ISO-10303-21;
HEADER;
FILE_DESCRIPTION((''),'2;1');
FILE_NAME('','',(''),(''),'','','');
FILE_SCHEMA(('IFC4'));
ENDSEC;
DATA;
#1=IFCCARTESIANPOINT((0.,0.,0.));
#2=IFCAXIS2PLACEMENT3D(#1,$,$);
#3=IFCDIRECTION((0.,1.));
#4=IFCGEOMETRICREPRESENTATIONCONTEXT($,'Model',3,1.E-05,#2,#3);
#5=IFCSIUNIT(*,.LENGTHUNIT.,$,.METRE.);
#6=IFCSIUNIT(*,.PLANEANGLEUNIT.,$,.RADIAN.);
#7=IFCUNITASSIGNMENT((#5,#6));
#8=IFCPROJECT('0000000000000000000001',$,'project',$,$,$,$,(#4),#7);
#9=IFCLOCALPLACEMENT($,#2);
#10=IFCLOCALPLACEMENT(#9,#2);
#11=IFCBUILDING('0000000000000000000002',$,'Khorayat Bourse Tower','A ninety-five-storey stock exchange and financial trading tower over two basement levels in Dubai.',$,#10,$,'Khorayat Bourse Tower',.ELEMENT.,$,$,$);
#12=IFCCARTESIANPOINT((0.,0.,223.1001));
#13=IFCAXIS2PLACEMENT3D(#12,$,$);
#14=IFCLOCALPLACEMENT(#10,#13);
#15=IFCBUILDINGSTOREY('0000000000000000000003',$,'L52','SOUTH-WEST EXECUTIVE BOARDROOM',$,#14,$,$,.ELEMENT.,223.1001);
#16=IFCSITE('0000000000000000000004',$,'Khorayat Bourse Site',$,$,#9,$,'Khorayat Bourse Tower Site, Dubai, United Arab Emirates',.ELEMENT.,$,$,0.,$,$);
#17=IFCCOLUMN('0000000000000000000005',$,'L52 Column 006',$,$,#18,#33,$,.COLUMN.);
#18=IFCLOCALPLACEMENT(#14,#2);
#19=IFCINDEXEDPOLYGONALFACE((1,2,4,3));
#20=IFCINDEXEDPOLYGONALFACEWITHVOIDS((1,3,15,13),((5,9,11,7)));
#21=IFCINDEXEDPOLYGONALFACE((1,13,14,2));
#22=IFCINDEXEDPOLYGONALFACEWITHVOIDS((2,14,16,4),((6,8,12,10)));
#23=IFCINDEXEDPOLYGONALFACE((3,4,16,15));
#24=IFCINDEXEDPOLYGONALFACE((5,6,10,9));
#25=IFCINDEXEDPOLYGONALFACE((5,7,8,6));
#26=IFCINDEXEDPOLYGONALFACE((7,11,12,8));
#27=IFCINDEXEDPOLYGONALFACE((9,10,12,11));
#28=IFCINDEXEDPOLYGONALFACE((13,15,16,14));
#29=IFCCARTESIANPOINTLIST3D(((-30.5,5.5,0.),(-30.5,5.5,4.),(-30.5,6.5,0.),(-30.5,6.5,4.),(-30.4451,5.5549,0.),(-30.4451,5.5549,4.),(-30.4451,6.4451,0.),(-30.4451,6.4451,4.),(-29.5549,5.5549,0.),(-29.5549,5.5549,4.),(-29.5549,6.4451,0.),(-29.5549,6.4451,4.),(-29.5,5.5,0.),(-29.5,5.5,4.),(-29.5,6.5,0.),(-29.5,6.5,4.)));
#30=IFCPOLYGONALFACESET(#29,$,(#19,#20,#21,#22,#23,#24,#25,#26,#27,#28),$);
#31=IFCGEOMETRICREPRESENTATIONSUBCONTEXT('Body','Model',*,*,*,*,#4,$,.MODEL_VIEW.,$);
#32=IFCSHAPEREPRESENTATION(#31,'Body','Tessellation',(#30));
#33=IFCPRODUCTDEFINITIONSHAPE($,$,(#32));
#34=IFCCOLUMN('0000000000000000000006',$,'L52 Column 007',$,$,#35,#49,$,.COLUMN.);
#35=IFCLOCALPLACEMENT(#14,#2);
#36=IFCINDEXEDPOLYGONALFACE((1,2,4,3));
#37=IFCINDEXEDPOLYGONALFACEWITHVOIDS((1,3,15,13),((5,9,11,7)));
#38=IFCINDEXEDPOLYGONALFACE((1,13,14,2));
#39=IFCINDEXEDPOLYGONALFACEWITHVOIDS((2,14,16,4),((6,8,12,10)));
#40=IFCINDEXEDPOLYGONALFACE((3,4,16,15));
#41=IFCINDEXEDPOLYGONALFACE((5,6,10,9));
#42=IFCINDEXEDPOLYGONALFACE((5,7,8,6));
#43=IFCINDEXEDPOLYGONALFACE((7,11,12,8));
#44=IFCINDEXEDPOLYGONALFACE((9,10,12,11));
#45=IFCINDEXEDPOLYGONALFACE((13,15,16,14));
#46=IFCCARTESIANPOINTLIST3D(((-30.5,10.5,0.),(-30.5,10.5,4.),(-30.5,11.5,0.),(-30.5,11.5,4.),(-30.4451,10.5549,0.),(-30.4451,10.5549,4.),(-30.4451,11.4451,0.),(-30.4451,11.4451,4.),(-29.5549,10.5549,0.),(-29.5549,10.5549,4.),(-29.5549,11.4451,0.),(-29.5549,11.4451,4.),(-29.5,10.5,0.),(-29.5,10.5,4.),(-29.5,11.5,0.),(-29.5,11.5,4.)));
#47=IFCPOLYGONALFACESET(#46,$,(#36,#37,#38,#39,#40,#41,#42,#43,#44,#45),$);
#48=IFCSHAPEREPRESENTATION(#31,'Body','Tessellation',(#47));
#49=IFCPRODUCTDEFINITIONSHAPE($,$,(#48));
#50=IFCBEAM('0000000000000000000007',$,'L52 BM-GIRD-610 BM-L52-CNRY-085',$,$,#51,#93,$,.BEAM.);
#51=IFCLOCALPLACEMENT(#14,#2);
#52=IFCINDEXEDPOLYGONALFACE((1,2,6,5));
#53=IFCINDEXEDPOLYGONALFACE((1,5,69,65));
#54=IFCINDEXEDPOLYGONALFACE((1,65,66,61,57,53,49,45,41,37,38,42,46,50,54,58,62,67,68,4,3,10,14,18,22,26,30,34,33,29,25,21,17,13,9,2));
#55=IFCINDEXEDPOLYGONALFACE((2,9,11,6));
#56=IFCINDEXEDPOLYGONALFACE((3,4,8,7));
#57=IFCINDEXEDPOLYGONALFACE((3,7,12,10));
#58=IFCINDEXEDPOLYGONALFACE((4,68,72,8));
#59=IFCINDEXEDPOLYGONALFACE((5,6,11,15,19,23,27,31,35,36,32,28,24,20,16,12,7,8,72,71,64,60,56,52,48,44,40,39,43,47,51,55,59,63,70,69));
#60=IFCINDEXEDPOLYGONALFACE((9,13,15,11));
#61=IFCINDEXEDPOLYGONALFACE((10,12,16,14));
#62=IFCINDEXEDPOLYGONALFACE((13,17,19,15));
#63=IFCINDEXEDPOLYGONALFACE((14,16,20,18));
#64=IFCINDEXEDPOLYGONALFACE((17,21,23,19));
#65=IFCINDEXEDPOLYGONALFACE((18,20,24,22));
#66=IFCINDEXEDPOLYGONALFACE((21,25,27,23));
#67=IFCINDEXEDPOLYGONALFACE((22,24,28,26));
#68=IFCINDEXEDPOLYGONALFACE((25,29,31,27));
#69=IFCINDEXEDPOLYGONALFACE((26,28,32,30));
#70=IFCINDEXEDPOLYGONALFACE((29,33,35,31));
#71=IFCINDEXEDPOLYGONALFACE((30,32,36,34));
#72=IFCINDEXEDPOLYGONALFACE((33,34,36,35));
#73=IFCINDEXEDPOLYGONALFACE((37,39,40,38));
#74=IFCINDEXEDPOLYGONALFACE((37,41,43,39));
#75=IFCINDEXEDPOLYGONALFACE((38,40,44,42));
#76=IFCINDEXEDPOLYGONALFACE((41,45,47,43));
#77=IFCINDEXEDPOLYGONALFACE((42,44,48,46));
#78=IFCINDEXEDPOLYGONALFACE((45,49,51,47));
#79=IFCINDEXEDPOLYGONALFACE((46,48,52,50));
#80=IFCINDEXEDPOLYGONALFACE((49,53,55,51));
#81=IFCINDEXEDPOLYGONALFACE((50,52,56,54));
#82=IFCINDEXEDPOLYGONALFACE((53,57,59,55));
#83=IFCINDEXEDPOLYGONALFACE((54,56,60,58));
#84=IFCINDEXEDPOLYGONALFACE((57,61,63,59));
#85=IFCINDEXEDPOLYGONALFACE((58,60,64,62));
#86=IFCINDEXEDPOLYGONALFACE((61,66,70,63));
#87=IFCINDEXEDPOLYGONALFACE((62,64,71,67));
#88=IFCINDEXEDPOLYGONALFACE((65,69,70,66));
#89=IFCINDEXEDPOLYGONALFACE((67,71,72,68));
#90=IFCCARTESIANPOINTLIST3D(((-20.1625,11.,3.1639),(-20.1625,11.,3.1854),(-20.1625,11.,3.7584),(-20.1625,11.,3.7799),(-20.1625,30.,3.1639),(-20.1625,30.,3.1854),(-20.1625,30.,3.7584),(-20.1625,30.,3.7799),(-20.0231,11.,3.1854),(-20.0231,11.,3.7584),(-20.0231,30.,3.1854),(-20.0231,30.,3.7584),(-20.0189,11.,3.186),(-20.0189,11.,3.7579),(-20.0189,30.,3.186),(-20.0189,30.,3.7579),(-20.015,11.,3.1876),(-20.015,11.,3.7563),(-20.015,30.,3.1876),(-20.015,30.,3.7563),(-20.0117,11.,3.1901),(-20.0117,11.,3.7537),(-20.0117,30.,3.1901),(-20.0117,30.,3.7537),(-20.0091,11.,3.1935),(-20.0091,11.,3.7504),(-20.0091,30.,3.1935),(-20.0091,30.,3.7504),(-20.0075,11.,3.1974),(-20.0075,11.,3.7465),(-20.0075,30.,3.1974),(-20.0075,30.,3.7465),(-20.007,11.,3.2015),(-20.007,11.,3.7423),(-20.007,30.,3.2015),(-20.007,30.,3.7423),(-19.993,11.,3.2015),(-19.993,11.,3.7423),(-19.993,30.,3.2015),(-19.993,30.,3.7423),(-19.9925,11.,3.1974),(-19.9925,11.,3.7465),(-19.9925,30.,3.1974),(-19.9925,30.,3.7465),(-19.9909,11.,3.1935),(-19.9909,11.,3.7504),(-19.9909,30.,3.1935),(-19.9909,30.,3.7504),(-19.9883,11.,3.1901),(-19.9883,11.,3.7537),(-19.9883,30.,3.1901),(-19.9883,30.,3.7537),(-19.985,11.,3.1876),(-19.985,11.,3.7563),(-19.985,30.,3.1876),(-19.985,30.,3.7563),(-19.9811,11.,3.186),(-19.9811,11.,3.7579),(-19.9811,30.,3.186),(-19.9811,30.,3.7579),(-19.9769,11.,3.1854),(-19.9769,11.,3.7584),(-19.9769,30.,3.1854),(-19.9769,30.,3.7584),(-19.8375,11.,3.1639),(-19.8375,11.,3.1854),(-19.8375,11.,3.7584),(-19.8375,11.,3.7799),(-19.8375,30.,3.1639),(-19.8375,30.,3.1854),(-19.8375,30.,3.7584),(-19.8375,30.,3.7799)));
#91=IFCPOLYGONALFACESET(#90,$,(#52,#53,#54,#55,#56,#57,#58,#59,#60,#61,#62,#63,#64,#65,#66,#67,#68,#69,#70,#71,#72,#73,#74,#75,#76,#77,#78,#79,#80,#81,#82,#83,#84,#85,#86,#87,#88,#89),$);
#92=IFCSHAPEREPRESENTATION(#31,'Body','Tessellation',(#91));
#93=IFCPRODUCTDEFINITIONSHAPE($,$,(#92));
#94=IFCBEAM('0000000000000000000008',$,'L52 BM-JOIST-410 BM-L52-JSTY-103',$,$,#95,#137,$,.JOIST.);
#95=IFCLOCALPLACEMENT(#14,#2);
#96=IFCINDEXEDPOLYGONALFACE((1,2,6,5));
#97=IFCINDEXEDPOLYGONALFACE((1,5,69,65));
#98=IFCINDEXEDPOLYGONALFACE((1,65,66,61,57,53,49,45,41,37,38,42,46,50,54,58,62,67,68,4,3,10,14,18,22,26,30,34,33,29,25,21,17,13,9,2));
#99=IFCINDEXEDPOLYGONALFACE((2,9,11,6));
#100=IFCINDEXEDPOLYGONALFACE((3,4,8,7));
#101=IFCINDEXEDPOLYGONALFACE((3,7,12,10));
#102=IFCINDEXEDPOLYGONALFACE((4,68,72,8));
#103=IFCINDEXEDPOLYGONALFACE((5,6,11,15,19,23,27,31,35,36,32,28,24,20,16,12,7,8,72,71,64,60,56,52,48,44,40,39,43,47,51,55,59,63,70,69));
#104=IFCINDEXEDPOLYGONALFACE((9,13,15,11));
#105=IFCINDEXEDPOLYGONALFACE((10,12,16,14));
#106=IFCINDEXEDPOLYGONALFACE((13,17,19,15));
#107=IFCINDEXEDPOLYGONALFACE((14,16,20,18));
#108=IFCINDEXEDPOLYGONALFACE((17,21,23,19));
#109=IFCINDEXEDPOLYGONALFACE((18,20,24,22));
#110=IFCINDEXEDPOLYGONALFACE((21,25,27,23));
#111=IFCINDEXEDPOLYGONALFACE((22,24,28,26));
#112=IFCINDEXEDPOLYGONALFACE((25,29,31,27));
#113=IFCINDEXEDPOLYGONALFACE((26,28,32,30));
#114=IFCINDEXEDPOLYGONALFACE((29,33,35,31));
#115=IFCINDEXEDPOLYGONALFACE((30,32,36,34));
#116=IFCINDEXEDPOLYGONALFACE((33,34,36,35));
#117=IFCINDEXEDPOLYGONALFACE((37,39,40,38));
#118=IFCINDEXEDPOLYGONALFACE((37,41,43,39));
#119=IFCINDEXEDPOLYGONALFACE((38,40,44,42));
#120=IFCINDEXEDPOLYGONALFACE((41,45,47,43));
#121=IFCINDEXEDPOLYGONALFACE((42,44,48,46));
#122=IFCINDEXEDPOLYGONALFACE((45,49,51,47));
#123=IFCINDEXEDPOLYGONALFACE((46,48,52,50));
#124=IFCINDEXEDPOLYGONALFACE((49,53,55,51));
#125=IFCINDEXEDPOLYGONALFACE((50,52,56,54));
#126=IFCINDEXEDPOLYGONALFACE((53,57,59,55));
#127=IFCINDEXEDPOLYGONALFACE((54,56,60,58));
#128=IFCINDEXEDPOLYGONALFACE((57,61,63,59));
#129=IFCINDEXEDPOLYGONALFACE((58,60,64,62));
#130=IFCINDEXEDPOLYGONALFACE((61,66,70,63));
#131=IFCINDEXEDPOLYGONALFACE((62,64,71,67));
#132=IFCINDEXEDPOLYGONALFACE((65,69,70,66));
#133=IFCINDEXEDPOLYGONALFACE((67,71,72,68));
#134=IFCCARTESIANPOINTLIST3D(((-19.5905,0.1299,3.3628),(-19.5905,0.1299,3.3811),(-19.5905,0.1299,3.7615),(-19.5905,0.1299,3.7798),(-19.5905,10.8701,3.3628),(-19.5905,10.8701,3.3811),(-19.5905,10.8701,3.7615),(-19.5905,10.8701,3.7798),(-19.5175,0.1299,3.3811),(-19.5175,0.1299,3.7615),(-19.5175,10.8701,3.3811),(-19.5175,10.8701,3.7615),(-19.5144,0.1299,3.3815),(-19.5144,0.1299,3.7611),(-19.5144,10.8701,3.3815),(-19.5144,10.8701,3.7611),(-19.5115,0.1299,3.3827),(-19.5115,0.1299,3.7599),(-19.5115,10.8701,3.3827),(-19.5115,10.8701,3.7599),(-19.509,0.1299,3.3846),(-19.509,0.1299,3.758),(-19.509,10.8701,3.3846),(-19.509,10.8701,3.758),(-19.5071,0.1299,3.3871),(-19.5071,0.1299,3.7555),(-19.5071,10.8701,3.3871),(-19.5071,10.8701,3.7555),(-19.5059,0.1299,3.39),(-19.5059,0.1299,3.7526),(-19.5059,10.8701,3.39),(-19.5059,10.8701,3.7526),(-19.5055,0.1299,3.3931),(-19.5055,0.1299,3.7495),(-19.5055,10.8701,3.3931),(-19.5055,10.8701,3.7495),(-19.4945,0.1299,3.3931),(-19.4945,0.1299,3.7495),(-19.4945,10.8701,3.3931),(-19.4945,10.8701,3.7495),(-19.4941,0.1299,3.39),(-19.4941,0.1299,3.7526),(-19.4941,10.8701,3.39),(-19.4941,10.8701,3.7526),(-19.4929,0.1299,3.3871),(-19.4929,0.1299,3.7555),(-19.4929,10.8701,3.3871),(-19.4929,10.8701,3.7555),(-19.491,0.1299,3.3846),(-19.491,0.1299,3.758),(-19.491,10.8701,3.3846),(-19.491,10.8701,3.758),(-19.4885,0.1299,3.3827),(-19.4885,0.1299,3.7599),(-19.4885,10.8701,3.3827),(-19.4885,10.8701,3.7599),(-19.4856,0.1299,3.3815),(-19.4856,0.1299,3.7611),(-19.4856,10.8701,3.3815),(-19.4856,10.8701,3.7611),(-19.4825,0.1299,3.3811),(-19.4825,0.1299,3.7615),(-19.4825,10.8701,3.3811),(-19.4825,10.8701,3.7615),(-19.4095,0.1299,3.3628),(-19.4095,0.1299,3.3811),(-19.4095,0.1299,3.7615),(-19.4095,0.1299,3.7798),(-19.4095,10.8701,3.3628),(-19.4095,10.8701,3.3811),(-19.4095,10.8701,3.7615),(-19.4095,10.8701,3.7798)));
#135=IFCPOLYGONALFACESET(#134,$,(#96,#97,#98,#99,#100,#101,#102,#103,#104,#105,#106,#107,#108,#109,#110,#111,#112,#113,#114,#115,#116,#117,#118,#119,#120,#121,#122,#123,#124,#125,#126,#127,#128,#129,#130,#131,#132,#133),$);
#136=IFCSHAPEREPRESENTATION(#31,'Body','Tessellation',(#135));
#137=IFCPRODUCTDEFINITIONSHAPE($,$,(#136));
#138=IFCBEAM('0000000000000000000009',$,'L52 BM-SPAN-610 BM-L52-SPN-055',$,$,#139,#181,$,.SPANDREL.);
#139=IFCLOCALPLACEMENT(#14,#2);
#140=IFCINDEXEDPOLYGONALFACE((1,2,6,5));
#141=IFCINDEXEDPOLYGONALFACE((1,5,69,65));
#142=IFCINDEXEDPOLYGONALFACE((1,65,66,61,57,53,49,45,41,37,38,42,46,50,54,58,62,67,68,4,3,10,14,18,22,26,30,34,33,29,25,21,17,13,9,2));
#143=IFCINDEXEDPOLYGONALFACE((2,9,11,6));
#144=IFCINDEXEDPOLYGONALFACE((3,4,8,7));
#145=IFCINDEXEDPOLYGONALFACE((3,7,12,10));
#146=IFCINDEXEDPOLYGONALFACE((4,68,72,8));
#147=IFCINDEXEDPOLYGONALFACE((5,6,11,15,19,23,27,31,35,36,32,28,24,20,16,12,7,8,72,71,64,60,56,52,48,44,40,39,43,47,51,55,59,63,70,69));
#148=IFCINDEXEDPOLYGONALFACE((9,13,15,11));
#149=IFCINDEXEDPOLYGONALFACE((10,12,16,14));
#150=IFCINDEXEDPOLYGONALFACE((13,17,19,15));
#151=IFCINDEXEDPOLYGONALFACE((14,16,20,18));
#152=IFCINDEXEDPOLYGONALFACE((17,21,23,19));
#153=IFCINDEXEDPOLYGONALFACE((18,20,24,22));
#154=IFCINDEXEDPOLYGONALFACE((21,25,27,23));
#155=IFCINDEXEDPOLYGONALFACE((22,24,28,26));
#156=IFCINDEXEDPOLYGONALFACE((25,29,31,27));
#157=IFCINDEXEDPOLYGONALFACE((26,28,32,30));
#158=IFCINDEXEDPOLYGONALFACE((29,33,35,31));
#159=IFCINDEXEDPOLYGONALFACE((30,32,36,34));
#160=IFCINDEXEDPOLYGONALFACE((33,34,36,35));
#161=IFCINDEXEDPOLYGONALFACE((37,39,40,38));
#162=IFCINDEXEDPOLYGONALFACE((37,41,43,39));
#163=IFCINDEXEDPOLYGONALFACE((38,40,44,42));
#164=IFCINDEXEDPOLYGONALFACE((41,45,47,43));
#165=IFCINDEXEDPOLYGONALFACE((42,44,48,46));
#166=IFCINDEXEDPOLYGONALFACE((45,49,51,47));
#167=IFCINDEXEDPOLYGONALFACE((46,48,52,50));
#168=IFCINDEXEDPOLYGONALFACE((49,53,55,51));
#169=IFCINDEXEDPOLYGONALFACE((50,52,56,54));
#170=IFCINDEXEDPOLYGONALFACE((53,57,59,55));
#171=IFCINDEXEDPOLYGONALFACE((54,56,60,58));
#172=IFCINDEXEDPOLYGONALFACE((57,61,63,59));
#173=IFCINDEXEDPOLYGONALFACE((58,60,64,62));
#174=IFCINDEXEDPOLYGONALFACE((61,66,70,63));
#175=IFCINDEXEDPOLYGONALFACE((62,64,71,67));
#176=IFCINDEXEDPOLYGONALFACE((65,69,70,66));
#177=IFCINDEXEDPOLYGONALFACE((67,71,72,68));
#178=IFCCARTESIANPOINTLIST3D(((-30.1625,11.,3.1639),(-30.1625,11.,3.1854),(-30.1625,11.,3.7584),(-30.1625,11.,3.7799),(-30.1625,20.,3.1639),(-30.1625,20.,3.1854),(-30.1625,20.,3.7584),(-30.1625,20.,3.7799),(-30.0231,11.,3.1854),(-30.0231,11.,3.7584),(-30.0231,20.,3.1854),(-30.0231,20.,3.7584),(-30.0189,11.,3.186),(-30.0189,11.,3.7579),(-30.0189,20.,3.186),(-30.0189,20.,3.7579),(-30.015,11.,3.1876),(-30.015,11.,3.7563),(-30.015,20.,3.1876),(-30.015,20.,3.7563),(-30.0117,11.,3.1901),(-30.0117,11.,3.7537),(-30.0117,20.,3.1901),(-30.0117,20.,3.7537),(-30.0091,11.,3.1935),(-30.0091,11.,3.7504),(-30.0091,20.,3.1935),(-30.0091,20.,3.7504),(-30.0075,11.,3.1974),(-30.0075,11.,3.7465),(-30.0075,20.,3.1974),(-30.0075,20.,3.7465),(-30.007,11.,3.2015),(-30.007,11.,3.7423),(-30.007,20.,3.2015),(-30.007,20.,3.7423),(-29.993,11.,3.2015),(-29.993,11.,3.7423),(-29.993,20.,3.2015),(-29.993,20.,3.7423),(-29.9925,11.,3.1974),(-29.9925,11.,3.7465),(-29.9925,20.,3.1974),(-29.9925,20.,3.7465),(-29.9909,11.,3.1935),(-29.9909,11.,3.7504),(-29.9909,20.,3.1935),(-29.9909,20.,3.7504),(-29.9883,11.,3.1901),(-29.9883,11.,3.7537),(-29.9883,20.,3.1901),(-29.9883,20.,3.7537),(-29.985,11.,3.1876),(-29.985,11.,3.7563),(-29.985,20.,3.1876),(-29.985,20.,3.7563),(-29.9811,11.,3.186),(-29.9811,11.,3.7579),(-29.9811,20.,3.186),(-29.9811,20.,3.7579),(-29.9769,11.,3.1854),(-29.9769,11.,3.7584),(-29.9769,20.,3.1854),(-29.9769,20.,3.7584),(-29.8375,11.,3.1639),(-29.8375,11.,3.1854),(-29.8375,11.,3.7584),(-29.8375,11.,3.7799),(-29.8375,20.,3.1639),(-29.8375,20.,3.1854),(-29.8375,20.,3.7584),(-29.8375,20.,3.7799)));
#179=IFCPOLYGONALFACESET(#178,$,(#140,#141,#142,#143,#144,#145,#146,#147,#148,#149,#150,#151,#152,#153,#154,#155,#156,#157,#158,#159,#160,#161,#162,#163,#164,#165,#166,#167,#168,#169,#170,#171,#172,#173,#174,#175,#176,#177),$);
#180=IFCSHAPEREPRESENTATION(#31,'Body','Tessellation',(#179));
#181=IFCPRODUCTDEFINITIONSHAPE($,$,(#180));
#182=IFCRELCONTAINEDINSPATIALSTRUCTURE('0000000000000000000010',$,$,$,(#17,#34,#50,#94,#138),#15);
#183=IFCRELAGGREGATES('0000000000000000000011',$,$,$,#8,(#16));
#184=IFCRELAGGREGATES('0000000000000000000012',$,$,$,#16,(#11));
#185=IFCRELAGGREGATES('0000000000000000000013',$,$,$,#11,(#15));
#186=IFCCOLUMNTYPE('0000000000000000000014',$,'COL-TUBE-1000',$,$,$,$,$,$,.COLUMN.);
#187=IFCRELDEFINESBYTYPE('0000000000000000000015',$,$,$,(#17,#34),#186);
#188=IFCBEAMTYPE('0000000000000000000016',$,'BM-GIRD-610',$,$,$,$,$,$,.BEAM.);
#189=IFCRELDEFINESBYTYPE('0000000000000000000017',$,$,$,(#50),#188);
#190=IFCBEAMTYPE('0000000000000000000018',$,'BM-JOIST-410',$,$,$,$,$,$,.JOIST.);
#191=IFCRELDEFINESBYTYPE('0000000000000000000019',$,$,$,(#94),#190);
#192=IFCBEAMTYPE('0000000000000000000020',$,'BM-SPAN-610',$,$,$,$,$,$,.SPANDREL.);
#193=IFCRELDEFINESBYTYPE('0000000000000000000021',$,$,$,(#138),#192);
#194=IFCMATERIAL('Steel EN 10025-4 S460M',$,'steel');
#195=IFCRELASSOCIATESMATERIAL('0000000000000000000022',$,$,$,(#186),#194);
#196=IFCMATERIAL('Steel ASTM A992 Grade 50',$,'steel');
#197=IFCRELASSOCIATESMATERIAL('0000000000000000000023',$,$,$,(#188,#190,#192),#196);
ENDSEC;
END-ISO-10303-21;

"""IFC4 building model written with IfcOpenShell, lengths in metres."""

from ifc_helpers import new_model, si_unit, direction, frame, origin, origin_2d, place, context, subcontext, project, spatial, hollow_rectangle, i_section, extrude, source, transform, mapped, material, material_profile, profile_set, type_object, element, save


model = new_model("IFC4")

# Units and contexts
model_context = context("Model", 3, precision=1e-05, world=origin(), true_north=direction((0.0, 1.0)))
body_context = subcontext(model_context, "Body", "Model", "MODEL_VIEW")
ifc_project = project(units=[si_unit("LENGTHUNIT", "METRE"), si_unit("PLANEANGLEUNIT", "RADIAN")], contexts=[model_context])

# Site, building, storey
site_placement = place(None, origin())
site = spatial("IfcSite", under=ifc_project, at=site_placement, Name="Khorayat Bourse Site", LongName="Khorayat Bourse Tower Site, Dubai, United Arab Emirates", CompositionType="ELEMENT", RefElevation=0.0)
building_placement = place(site_placement, origin())
building = spatial("IfcBuilding", under=site, at=building_placement, Name="Khorayat Bourse Tower", Description="A ninety-five-storey stock exchange and financial trading tower over two basement levels in Dubai.", LongName="Khorayat Bourse Tower", CompositionType="ELEMENT")
storey_placement = place(building_placement, frame((0.0, 0.0, 223.1001)))
storey = spatial("IfcBuildingStorey", under=building, at=storey_placement, Name="L52", Description="SOUTH-WEST EXECUTIVE BOARDROOM", CompositionType="ELEMENT", Elevation=223.1001)

# Columns
ifc_material_1 = material(Name="Steel EN 10025-4 S460M", Category="steel")
ifc_material_profile_1 = material_profile(ifc_material_1, hollow_rectangle(XDim=1.0, YDim=1.0, WallThickness=0.0549, at=origin_2d()), Name="BOX 1000x1000x55")
ifc_profile_set_1 = profile_set([ifc_material_profile_1], Name="Steel EN 10025-4 S460M")
column_type = type_object("IfcColumnType", Name="COL-TUBE-1000", PredefinedType="COLUMN", material=ifc_profile_set_1)
shared_shape_1 = source(origin(), body_context, "Body", "SweptSolid", [
    extrude(hollow_rectangle(XDim=1.0, YDim=1.0, WallThickness=0.0549, at=origin_2d()), origin(), (0.0, 0.0, 1.0), 4.0),
])
for number, where, z_axis, x_axis, name in (
    (1, (-30.0, 6.0, 0.0), (0.0, 0.0, 1.0), (1.0, 0.0, 0.0), "L52 Column 006"),
    (2, (-30.0, 11.0, 0.0), (0.0, 0.0, 1.0), (1.0, 0.0, 0.0), "L52 Column 007"),
):
    element("IfcColumn", number, at=place(storey_placement, frame(where, z_axis=z_axis, x_axis=x_axis)), inside=storey, type_object=column_type, Name=name, PredefinedType="COLUMN", context=body_context, shape_type="MappedRepresentation", body=[
        mapped(shared_shape_1, transform((0.0, 0.0, 0.0), scale=1.0)),
    ])

# Beams
ifc_material_2 = material(Name="Steel ASTM A992 Grade 50", Category="steel")
ifc_material_profile_2 = material_profile(ifc_material_2, i_section(OverallWidth=0.325, OverallDepth=0.616, WebThickness=0.0139, FlangeThickness=0.0215, FilletRadius=0.0161, at=origin_2d()), Name="W610X174")
ifc_profile_set_2 = profile_set([ifc_material_profile_2], Name="Steel ASTM A992 Grade 50")
beam_type_1 = type_object("IfcBeamType", Name="BM-GIRD-610", PredefinedType="BEAM", material=ifc_profile_set_2)
shared_shape_2 = source(origin(), body_context, "Body", "SweptSolid", [
    extrude(i_section(OverallWidth=0.325, OverallDepth=0.616, WebThickness=0.0139, FlangeThickness=0.0215, FilletRadius=0.0161, at=origin_2d()), origin(), (0.0, 0.0, 1.0), 19.0),
])
beam_1_placement = place(storey_placement, frame((-20.0, 11.0, 3.4719), z_axis=(0.0, 1.0, 0.0), x_axis=(-1.0, 0.0, 0.0)))
element("IfcBeam", 3, at=beam_1_placement, inside=storey, type_object=beam_type_1, Name="L52 BM-GIRD-610 BM-L52-CNRY-085", PredefinedType="BEAM", context=body_context, shape_type="MappedRepresentation", body=[
    mapped(shared_shape_2, transform((0.0, 0.0, 0.0), scale=1.0)),
])
ifc_material_profile_3 = material_profile(ifc_material_2, i_section(OverallWidth=0.1809, OverallDepth=0.417, WebThickness=0.011, FlangeThickness=0.0183, FilletRadius=0.012, at=origin_2d()), Name="W410X85")
ifc_profile_set_3 = profile_set([ifc_material_profile_3], Name="Steel ASTM A992 Grade 50")
beam_type_2 = type_object("IfcBeamType", Name="BM-JOIST-410", PredefinedType="JOIST", material=ifc_profile_set_3)
shared_shape_3 = source(origin(), body_context, "Body", "SweptSolid", [
    extrude(i_section(OverallWidth=0.1809, OverallDepth=0.417, WebThickness=0.011, FlangeThickness=0.0183, FilletRadius=0.012, at=origin_2d()), origin(), (0.0, 0.0, 1.0), 10.7402),
])
beam_2_placement = place(storey_placement, frame((-19.5, 0.1299, 3.5713), z_axis=(0.0, 1.0, 0.0), x_axis=(-1.0, 0.0, 0.0)))
element("IfcBeam", 4, at=beam_2_placement, inside=storey, type_object=beam_type_2, Name="L52 BM-JOIST-410 BM-L52-JSTY-103", PredefinedType="JOIST", context=body_context, shape_type="MappedRepresentation", body=[
    mapped(shared_shape_3, transform((0.0, 0.0, 0.0), scale=1.0)),
])
ifc_material_profile_4 = material_profile(ifc_material_2, i_section(OverallWidth=0.325, OverallDepth=0.616, WebThickness=0.0139, FlangeThickness=0.0215, FilletRadius=0.0161, at=origin_2d()), Name="W610X174")
ifc_profile_set_4 = profile_set([ifc_material_profile_4], Name="Steel ASTM A992 Grade 50")
beam_type_3 = type_object("IfcBeamType", Name="BM-SPAN-610", PredefinedType="SPANDREL", material=ifc_profile_set_4)
shared_shape_4 = source(origin(), body_context, "Body", "SweptSolid", [
    extrude(i_section(OverallWidth=0.325, OverallDepth=0.616, WebThickness=0.0139, FlangeThickness=0.0215, FilletRadius=0.0161, at=origin_2d()), origin(), (0.0, 0.0, 1.0), 9.0),
])
beam_3_placement = place(storey_placement, frame((-30.0, 11.0, 3.4719), z_axis=(0.0, 1.0, 0.0), x_axis=(-1.0, 0.0, 0.0)))
element("IfcBeam", 5, at=beam_3_placement, inside=storey, type_object=beam_type_3, Name="L52 BM-SPAN-610 BM-L52-SPN-055", PredefinedType="SPANDREL", context=body_context, shape_type="MappedRepresentation", body=[
    mapped(shared_shape_4, transform((0.0, 0.0, 0.0), scale=1.0)),
])

save(model, "model.ifc")
